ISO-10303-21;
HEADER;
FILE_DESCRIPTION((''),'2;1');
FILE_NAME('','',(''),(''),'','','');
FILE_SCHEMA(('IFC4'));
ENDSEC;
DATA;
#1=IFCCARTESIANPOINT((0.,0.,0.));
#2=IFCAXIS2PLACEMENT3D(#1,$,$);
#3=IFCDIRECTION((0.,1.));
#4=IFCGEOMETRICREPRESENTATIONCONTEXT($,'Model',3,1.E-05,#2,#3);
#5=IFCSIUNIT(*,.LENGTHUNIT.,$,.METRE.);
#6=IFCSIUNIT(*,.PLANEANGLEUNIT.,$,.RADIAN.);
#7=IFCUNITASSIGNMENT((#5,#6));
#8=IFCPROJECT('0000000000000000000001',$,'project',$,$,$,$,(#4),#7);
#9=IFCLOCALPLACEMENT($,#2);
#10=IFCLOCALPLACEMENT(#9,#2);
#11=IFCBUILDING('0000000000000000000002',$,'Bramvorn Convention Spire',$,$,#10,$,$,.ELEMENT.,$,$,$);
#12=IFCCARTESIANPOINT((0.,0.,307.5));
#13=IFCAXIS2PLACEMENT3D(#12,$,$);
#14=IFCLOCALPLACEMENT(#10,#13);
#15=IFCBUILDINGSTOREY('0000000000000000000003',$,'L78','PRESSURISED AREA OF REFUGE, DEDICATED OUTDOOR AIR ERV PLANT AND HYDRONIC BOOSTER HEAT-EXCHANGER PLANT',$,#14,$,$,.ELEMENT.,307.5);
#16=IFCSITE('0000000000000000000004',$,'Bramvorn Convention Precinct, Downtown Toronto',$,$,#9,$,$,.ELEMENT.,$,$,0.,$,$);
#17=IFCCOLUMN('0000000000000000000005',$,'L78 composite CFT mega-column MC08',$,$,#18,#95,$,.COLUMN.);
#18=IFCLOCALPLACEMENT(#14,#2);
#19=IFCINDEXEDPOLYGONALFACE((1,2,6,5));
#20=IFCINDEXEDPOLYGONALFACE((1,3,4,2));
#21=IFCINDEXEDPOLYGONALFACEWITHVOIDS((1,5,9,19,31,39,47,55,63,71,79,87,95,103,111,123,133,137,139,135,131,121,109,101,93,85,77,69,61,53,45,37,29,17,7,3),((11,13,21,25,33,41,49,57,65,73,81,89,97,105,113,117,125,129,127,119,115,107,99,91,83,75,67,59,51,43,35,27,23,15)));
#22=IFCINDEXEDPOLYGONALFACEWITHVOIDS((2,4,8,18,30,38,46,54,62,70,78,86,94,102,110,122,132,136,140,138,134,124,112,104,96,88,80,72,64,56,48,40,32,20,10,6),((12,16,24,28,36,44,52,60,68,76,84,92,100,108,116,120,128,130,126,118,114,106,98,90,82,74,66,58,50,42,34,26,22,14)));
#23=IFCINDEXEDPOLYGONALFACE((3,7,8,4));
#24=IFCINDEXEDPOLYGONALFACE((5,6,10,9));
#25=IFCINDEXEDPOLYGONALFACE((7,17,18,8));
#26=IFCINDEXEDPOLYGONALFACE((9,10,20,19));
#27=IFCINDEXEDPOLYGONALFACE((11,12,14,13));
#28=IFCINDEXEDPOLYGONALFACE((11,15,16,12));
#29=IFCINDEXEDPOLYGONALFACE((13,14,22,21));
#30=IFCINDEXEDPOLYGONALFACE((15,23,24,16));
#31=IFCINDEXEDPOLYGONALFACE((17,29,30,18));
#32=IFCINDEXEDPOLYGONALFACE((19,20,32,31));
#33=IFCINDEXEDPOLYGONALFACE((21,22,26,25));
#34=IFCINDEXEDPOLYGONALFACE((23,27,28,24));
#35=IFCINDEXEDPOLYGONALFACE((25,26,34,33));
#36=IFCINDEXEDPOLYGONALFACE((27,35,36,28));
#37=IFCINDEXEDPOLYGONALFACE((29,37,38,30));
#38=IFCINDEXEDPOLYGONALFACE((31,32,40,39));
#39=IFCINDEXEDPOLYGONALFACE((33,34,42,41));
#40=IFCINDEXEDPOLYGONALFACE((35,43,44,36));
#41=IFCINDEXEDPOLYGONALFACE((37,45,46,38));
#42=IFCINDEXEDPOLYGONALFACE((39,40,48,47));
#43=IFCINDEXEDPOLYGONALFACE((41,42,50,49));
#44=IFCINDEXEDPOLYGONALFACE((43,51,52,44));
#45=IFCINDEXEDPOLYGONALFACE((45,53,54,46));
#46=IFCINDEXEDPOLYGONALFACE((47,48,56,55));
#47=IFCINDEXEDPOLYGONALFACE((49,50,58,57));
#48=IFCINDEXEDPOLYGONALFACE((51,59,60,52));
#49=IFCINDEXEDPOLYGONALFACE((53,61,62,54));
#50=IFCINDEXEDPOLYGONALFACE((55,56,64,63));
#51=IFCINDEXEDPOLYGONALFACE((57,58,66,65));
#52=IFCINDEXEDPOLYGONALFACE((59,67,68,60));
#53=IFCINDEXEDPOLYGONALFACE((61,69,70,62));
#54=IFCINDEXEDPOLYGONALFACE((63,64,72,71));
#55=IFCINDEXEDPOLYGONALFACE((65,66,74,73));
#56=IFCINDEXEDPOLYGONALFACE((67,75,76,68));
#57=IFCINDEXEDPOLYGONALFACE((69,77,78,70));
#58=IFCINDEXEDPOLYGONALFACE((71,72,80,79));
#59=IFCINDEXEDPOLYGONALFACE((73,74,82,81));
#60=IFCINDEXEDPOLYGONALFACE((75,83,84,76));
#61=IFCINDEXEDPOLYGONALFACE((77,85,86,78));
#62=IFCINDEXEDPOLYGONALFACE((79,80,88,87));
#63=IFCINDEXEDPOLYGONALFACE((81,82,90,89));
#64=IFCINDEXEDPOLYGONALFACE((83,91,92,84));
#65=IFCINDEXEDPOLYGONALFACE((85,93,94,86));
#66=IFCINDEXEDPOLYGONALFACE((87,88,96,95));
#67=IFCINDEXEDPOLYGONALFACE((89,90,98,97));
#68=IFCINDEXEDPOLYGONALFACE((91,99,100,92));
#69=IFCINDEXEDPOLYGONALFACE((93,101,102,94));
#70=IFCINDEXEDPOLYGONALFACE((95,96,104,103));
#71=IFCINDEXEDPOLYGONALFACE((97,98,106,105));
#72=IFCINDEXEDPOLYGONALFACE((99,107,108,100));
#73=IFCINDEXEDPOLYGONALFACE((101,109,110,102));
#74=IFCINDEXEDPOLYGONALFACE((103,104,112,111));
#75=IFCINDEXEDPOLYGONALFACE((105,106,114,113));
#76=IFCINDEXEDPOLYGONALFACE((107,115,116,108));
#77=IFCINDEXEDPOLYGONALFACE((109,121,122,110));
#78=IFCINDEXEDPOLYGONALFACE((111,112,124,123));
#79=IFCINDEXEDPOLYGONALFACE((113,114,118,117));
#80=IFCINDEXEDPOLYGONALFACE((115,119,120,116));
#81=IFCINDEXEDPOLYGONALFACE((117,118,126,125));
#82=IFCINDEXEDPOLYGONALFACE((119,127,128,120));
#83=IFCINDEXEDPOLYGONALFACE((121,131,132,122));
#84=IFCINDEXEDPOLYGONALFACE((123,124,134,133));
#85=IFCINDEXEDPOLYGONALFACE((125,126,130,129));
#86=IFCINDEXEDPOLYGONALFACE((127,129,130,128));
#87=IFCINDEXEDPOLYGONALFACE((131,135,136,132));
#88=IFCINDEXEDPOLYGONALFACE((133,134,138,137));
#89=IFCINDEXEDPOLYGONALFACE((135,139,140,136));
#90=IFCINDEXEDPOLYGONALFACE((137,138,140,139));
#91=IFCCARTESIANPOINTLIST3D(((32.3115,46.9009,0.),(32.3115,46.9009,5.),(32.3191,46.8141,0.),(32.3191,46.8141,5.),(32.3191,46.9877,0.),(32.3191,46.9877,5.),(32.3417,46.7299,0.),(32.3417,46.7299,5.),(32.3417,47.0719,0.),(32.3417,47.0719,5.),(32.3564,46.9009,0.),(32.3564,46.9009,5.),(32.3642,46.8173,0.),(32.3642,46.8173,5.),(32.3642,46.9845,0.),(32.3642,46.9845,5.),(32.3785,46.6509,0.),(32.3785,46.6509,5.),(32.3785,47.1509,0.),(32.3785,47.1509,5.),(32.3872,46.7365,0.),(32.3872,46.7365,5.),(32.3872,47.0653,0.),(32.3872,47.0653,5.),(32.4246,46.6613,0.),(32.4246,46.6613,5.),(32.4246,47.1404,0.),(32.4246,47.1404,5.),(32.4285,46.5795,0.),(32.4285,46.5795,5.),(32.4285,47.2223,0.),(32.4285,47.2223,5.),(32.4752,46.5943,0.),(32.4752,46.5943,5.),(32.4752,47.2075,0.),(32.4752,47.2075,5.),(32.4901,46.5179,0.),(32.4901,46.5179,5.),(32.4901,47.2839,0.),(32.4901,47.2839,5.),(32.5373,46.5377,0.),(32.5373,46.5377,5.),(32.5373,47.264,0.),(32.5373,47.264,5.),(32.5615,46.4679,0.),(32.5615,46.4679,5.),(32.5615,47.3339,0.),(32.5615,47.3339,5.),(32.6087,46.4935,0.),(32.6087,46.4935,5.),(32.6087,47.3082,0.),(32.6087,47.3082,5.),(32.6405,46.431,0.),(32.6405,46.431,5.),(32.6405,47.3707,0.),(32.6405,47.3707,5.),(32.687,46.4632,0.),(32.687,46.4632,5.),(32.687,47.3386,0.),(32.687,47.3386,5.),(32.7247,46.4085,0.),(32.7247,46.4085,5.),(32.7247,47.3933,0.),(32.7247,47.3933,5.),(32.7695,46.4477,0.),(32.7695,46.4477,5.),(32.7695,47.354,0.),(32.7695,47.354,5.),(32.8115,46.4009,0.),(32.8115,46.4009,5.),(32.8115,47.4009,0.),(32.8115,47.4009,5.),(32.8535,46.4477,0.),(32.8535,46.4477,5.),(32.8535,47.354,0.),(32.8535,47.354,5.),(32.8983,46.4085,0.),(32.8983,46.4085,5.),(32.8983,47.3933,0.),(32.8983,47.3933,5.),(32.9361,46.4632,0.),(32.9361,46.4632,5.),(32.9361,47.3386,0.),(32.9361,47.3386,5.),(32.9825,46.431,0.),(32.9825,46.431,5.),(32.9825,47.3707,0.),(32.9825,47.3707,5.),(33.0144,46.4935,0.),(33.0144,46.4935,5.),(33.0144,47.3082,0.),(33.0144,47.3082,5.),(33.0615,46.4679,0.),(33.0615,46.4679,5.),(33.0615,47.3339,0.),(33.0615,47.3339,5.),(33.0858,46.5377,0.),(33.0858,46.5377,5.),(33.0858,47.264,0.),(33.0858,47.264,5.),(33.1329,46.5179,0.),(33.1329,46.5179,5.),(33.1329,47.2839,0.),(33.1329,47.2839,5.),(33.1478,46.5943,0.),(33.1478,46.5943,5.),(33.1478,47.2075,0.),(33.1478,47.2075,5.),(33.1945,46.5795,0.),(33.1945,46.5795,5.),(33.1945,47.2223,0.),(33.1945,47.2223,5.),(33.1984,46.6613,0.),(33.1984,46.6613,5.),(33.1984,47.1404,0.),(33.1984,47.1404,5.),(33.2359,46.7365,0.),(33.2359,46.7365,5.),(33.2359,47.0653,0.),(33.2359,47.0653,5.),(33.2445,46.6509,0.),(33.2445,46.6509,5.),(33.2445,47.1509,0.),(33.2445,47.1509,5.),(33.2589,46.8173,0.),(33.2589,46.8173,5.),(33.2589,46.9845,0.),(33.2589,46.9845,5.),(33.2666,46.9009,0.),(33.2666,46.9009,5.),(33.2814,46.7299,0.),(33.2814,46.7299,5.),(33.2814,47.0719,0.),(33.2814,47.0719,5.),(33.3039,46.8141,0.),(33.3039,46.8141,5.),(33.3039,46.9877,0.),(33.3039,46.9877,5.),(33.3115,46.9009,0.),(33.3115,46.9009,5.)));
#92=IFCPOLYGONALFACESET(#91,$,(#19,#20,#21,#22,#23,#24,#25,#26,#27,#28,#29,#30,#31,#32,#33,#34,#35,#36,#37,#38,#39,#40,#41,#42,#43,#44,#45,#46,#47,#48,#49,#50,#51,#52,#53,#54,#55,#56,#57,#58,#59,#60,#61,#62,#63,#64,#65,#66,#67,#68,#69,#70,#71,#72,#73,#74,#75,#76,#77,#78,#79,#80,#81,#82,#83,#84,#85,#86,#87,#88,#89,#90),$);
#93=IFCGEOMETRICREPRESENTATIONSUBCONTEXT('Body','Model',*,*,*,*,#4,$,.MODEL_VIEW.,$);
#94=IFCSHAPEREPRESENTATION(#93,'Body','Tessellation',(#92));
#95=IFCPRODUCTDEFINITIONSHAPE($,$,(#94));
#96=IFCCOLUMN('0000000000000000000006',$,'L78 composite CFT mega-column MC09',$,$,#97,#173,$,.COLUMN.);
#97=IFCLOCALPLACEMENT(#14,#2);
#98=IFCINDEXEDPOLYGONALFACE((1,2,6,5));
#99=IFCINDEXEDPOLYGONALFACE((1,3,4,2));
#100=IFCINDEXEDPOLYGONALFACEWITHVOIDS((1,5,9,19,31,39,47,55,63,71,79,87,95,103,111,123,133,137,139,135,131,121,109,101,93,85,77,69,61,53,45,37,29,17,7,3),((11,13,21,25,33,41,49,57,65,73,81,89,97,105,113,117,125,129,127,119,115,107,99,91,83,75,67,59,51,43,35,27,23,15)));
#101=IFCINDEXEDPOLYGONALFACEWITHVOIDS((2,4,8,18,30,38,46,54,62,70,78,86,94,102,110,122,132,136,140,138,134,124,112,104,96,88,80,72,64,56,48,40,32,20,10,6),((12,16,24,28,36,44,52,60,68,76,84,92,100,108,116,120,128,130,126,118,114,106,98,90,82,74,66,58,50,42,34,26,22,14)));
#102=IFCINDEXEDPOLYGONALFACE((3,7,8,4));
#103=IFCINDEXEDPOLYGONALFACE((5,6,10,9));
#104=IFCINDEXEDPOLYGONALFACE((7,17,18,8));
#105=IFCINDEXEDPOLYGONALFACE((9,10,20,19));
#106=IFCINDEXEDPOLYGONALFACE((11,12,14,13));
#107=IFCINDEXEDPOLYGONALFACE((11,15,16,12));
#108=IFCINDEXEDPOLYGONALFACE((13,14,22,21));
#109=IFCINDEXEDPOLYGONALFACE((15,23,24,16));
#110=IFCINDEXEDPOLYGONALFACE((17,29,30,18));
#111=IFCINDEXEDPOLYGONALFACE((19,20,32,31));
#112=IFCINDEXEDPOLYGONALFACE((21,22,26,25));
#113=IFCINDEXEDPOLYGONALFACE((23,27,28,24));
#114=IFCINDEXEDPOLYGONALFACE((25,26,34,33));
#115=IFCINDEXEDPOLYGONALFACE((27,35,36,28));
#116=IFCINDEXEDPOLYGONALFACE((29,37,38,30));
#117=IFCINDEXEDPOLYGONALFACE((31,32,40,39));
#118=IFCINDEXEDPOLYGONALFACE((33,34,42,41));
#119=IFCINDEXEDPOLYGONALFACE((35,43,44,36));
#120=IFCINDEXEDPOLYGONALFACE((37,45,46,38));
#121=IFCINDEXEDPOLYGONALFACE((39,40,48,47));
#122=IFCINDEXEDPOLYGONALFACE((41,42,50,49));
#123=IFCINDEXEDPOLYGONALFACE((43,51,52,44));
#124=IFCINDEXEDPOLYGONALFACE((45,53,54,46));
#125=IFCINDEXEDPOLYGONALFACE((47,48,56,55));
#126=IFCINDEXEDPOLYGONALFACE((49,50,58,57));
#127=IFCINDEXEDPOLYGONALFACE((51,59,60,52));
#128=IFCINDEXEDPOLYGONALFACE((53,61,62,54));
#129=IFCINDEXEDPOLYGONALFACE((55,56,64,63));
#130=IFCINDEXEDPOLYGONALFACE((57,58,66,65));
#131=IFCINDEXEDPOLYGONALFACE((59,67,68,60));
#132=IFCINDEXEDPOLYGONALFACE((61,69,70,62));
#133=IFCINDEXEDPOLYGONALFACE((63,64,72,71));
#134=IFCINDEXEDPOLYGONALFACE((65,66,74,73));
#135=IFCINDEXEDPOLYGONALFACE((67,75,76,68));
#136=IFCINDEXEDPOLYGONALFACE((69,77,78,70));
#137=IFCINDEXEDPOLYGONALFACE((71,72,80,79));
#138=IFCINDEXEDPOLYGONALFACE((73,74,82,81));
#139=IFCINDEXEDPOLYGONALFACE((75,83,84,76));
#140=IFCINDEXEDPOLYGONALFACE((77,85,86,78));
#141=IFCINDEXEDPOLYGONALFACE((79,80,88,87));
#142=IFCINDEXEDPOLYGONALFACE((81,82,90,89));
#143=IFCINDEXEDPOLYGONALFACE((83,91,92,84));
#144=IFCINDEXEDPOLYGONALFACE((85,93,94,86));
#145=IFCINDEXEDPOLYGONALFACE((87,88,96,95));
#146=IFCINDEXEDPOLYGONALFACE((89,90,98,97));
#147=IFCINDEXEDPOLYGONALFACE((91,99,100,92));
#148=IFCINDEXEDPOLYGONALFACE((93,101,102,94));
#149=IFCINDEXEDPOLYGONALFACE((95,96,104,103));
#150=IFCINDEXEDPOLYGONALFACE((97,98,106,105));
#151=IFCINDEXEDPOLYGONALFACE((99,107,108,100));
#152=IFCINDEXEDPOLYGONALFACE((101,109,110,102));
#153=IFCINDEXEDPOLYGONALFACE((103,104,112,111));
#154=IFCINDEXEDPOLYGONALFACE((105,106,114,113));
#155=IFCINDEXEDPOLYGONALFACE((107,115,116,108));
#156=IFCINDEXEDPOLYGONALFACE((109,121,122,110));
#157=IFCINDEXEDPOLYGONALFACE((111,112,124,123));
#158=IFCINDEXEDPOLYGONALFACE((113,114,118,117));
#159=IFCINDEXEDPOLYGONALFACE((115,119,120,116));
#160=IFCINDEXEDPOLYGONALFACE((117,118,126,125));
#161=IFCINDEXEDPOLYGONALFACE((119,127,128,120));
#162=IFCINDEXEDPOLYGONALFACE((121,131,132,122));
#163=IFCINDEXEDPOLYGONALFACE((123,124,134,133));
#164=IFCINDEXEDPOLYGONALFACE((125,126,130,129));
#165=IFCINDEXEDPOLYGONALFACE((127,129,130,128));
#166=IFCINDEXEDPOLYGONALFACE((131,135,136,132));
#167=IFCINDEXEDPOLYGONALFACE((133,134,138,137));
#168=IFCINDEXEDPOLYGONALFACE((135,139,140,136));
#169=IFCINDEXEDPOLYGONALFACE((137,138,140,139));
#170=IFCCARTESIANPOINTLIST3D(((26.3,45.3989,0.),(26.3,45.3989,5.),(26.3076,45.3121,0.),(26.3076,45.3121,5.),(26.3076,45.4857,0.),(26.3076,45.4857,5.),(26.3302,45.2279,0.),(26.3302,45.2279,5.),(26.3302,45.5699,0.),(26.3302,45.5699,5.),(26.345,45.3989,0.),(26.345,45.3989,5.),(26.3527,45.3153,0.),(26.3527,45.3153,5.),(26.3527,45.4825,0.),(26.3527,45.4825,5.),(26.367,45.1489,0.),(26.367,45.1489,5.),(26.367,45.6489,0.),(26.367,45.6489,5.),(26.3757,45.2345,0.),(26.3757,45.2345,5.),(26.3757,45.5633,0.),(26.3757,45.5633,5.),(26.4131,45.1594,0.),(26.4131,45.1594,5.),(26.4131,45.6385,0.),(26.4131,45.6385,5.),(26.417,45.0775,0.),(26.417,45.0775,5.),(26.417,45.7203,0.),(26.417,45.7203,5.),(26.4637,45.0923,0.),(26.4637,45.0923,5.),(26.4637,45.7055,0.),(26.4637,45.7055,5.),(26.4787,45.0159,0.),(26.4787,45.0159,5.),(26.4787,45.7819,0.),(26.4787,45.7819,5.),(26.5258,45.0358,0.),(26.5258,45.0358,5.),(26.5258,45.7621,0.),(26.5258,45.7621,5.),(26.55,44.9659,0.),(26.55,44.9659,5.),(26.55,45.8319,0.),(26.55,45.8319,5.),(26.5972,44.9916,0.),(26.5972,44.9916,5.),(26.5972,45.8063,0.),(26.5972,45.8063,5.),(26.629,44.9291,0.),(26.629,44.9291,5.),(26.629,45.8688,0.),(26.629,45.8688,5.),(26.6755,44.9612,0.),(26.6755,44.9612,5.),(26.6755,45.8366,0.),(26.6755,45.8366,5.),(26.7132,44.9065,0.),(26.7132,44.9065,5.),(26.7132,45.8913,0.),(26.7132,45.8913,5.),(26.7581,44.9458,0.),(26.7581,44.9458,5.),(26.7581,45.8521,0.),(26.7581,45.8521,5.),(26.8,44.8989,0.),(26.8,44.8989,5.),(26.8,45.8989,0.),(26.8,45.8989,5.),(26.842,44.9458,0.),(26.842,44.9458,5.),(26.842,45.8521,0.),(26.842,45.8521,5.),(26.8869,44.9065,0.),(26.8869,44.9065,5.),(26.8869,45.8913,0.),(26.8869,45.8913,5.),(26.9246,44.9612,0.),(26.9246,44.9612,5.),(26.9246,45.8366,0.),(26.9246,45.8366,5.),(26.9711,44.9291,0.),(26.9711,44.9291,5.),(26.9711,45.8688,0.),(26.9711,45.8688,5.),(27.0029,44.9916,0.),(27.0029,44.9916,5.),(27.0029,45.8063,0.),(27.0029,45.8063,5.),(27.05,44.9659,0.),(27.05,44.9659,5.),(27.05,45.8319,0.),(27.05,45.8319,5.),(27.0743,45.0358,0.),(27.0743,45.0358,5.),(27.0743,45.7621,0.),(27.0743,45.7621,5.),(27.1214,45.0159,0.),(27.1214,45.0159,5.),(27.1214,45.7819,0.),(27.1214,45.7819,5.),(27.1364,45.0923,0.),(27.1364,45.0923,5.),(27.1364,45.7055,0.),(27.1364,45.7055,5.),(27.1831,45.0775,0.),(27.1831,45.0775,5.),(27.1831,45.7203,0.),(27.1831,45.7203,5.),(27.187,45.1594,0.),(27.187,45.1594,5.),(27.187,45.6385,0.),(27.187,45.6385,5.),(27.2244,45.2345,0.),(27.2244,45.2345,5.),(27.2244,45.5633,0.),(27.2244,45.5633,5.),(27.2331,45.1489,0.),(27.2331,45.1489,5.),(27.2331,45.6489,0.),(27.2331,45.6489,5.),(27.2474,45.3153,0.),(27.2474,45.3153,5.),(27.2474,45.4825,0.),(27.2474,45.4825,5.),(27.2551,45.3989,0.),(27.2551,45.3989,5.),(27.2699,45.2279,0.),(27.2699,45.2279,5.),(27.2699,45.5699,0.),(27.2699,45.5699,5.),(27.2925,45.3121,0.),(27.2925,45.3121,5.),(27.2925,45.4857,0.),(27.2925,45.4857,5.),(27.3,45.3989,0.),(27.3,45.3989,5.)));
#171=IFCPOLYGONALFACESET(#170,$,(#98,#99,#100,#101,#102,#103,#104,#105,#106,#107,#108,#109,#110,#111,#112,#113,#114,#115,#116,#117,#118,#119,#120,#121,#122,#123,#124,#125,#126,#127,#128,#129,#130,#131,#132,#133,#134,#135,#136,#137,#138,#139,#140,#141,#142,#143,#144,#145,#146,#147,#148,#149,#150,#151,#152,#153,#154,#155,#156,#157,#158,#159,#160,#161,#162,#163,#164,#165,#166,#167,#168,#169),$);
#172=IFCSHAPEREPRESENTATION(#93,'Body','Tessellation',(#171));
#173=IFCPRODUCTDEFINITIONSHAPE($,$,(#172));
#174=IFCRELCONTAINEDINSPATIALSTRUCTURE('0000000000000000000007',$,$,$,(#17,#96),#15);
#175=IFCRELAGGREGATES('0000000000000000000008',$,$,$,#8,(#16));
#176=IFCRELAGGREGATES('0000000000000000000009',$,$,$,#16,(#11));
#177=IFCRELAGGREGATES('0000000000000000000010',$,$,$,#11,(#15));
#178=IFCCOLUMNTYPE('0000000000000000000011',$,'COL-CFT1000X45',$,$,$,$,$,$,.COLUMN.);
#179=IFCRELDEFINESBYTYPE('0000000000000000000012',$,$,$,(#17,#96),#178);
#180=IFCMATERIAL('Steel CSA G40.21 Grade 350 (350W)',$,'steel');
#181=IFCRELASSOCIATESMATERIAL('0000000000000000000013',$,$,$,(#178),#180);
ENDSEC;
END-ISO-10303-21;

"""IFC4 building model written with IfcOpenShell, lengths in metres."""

from ifc_helpers import new_model, si_unit, direction, frame, origin, origin_2d, place, context, subcontext, project, spatial, hollow_circle, extrude, material, material_profile, profile_set, type_object, element, save


model = new_model("IFC4")

# Units and contexts
model_context = context("Model", 3, precision=1e-05, world=origin(), true_north=direction((0.0, 1.0)))
body_context = subcontext(model_context, "Body", "Model", "MODEL_VIEW")
ifc_project = project(units=[si_unit("LENGTHUNIT", "METRE"), si_unit("PLANEANGLEUNIT", "RADIAN")], contexts=[model_context])

# Site, building, storey
site_placement = place(None, origin())
site = spatial("IfcSite", under=ifc_project, at=site_placement, Name="Bramvorn Convention Precinct, Downtown Toronto", CompositionType="ELEMENT", RefElevation=0.0)
building_placement = place(site_placement, origin())
building = spatial("IfcBuilding", under=site, at=building_placement, Name="Bramvorn Convention Spire", CompositionType="ELEMENT")
storey_placement = place(building_placement, frame((0.0, 0.0, 307.5)))
storey = spatial("IfcBuildingStorey", under=building, at=storey_placement, Name="L78", Description="PRESSURISED AREA OF REFUGE, DEDICATED OUTDOOR AIR ERV PLANT AND HYDRONIC BOOSTER HEAT-EXCHANGER PLANT", CompositionType="ELEMENT", Elevation=307.5)

# Columns
ifc_material_1 = material(Name="Steel CSA G40.21 Grade 350 (350W)", Category="steel")
ifc_material_profile_1 = material_profile(ifc_material_1, hollow_circle(Radius=0.5, WallThickness=0.0449, at=origin_2d()))
ifc_profile_set_1 = profile_set([ifc_material_profile_1], Name="Steel CSA G40.21 Grade 350 (350W) - CFT1000X45")
column_type = type_object("IfcColumnType", Name="COL-CFT1000X45", PredefinedType="COLUMN", material=ifc_profile_set_1)
for number, where, z_axis, x_axis, name in (
    (1, (32.8115, 46.9009, 0.0), (0.0, 0.0, 1.0), (1.0, 0.0, 0.0), "L78 composite CFT mega-column MC08"),
    (2, (26.8, 45.3989, 0.0), (0.0, 0.0, 1.0), (1.0, 0.0, 0.0), "L78 composite CFT mega-column MC09"),
):
    element("IfcColumn", number, at=place(storey_placement, frame(where, z_axis=z_axis, x_axis=x_axis)), inside=storey, type_object=column_type, Name=name, PredefinedType="COLUMN", context=body_context, shape_type="SweptSolid", body=[
        extrude(hollow_circle(Radius=0.5, WallThickness=0.0449, at=origin_2d()), origin(), (0.0, 0.0, 1.0), 5.0),
    ])

save(model, "model.ifc")
